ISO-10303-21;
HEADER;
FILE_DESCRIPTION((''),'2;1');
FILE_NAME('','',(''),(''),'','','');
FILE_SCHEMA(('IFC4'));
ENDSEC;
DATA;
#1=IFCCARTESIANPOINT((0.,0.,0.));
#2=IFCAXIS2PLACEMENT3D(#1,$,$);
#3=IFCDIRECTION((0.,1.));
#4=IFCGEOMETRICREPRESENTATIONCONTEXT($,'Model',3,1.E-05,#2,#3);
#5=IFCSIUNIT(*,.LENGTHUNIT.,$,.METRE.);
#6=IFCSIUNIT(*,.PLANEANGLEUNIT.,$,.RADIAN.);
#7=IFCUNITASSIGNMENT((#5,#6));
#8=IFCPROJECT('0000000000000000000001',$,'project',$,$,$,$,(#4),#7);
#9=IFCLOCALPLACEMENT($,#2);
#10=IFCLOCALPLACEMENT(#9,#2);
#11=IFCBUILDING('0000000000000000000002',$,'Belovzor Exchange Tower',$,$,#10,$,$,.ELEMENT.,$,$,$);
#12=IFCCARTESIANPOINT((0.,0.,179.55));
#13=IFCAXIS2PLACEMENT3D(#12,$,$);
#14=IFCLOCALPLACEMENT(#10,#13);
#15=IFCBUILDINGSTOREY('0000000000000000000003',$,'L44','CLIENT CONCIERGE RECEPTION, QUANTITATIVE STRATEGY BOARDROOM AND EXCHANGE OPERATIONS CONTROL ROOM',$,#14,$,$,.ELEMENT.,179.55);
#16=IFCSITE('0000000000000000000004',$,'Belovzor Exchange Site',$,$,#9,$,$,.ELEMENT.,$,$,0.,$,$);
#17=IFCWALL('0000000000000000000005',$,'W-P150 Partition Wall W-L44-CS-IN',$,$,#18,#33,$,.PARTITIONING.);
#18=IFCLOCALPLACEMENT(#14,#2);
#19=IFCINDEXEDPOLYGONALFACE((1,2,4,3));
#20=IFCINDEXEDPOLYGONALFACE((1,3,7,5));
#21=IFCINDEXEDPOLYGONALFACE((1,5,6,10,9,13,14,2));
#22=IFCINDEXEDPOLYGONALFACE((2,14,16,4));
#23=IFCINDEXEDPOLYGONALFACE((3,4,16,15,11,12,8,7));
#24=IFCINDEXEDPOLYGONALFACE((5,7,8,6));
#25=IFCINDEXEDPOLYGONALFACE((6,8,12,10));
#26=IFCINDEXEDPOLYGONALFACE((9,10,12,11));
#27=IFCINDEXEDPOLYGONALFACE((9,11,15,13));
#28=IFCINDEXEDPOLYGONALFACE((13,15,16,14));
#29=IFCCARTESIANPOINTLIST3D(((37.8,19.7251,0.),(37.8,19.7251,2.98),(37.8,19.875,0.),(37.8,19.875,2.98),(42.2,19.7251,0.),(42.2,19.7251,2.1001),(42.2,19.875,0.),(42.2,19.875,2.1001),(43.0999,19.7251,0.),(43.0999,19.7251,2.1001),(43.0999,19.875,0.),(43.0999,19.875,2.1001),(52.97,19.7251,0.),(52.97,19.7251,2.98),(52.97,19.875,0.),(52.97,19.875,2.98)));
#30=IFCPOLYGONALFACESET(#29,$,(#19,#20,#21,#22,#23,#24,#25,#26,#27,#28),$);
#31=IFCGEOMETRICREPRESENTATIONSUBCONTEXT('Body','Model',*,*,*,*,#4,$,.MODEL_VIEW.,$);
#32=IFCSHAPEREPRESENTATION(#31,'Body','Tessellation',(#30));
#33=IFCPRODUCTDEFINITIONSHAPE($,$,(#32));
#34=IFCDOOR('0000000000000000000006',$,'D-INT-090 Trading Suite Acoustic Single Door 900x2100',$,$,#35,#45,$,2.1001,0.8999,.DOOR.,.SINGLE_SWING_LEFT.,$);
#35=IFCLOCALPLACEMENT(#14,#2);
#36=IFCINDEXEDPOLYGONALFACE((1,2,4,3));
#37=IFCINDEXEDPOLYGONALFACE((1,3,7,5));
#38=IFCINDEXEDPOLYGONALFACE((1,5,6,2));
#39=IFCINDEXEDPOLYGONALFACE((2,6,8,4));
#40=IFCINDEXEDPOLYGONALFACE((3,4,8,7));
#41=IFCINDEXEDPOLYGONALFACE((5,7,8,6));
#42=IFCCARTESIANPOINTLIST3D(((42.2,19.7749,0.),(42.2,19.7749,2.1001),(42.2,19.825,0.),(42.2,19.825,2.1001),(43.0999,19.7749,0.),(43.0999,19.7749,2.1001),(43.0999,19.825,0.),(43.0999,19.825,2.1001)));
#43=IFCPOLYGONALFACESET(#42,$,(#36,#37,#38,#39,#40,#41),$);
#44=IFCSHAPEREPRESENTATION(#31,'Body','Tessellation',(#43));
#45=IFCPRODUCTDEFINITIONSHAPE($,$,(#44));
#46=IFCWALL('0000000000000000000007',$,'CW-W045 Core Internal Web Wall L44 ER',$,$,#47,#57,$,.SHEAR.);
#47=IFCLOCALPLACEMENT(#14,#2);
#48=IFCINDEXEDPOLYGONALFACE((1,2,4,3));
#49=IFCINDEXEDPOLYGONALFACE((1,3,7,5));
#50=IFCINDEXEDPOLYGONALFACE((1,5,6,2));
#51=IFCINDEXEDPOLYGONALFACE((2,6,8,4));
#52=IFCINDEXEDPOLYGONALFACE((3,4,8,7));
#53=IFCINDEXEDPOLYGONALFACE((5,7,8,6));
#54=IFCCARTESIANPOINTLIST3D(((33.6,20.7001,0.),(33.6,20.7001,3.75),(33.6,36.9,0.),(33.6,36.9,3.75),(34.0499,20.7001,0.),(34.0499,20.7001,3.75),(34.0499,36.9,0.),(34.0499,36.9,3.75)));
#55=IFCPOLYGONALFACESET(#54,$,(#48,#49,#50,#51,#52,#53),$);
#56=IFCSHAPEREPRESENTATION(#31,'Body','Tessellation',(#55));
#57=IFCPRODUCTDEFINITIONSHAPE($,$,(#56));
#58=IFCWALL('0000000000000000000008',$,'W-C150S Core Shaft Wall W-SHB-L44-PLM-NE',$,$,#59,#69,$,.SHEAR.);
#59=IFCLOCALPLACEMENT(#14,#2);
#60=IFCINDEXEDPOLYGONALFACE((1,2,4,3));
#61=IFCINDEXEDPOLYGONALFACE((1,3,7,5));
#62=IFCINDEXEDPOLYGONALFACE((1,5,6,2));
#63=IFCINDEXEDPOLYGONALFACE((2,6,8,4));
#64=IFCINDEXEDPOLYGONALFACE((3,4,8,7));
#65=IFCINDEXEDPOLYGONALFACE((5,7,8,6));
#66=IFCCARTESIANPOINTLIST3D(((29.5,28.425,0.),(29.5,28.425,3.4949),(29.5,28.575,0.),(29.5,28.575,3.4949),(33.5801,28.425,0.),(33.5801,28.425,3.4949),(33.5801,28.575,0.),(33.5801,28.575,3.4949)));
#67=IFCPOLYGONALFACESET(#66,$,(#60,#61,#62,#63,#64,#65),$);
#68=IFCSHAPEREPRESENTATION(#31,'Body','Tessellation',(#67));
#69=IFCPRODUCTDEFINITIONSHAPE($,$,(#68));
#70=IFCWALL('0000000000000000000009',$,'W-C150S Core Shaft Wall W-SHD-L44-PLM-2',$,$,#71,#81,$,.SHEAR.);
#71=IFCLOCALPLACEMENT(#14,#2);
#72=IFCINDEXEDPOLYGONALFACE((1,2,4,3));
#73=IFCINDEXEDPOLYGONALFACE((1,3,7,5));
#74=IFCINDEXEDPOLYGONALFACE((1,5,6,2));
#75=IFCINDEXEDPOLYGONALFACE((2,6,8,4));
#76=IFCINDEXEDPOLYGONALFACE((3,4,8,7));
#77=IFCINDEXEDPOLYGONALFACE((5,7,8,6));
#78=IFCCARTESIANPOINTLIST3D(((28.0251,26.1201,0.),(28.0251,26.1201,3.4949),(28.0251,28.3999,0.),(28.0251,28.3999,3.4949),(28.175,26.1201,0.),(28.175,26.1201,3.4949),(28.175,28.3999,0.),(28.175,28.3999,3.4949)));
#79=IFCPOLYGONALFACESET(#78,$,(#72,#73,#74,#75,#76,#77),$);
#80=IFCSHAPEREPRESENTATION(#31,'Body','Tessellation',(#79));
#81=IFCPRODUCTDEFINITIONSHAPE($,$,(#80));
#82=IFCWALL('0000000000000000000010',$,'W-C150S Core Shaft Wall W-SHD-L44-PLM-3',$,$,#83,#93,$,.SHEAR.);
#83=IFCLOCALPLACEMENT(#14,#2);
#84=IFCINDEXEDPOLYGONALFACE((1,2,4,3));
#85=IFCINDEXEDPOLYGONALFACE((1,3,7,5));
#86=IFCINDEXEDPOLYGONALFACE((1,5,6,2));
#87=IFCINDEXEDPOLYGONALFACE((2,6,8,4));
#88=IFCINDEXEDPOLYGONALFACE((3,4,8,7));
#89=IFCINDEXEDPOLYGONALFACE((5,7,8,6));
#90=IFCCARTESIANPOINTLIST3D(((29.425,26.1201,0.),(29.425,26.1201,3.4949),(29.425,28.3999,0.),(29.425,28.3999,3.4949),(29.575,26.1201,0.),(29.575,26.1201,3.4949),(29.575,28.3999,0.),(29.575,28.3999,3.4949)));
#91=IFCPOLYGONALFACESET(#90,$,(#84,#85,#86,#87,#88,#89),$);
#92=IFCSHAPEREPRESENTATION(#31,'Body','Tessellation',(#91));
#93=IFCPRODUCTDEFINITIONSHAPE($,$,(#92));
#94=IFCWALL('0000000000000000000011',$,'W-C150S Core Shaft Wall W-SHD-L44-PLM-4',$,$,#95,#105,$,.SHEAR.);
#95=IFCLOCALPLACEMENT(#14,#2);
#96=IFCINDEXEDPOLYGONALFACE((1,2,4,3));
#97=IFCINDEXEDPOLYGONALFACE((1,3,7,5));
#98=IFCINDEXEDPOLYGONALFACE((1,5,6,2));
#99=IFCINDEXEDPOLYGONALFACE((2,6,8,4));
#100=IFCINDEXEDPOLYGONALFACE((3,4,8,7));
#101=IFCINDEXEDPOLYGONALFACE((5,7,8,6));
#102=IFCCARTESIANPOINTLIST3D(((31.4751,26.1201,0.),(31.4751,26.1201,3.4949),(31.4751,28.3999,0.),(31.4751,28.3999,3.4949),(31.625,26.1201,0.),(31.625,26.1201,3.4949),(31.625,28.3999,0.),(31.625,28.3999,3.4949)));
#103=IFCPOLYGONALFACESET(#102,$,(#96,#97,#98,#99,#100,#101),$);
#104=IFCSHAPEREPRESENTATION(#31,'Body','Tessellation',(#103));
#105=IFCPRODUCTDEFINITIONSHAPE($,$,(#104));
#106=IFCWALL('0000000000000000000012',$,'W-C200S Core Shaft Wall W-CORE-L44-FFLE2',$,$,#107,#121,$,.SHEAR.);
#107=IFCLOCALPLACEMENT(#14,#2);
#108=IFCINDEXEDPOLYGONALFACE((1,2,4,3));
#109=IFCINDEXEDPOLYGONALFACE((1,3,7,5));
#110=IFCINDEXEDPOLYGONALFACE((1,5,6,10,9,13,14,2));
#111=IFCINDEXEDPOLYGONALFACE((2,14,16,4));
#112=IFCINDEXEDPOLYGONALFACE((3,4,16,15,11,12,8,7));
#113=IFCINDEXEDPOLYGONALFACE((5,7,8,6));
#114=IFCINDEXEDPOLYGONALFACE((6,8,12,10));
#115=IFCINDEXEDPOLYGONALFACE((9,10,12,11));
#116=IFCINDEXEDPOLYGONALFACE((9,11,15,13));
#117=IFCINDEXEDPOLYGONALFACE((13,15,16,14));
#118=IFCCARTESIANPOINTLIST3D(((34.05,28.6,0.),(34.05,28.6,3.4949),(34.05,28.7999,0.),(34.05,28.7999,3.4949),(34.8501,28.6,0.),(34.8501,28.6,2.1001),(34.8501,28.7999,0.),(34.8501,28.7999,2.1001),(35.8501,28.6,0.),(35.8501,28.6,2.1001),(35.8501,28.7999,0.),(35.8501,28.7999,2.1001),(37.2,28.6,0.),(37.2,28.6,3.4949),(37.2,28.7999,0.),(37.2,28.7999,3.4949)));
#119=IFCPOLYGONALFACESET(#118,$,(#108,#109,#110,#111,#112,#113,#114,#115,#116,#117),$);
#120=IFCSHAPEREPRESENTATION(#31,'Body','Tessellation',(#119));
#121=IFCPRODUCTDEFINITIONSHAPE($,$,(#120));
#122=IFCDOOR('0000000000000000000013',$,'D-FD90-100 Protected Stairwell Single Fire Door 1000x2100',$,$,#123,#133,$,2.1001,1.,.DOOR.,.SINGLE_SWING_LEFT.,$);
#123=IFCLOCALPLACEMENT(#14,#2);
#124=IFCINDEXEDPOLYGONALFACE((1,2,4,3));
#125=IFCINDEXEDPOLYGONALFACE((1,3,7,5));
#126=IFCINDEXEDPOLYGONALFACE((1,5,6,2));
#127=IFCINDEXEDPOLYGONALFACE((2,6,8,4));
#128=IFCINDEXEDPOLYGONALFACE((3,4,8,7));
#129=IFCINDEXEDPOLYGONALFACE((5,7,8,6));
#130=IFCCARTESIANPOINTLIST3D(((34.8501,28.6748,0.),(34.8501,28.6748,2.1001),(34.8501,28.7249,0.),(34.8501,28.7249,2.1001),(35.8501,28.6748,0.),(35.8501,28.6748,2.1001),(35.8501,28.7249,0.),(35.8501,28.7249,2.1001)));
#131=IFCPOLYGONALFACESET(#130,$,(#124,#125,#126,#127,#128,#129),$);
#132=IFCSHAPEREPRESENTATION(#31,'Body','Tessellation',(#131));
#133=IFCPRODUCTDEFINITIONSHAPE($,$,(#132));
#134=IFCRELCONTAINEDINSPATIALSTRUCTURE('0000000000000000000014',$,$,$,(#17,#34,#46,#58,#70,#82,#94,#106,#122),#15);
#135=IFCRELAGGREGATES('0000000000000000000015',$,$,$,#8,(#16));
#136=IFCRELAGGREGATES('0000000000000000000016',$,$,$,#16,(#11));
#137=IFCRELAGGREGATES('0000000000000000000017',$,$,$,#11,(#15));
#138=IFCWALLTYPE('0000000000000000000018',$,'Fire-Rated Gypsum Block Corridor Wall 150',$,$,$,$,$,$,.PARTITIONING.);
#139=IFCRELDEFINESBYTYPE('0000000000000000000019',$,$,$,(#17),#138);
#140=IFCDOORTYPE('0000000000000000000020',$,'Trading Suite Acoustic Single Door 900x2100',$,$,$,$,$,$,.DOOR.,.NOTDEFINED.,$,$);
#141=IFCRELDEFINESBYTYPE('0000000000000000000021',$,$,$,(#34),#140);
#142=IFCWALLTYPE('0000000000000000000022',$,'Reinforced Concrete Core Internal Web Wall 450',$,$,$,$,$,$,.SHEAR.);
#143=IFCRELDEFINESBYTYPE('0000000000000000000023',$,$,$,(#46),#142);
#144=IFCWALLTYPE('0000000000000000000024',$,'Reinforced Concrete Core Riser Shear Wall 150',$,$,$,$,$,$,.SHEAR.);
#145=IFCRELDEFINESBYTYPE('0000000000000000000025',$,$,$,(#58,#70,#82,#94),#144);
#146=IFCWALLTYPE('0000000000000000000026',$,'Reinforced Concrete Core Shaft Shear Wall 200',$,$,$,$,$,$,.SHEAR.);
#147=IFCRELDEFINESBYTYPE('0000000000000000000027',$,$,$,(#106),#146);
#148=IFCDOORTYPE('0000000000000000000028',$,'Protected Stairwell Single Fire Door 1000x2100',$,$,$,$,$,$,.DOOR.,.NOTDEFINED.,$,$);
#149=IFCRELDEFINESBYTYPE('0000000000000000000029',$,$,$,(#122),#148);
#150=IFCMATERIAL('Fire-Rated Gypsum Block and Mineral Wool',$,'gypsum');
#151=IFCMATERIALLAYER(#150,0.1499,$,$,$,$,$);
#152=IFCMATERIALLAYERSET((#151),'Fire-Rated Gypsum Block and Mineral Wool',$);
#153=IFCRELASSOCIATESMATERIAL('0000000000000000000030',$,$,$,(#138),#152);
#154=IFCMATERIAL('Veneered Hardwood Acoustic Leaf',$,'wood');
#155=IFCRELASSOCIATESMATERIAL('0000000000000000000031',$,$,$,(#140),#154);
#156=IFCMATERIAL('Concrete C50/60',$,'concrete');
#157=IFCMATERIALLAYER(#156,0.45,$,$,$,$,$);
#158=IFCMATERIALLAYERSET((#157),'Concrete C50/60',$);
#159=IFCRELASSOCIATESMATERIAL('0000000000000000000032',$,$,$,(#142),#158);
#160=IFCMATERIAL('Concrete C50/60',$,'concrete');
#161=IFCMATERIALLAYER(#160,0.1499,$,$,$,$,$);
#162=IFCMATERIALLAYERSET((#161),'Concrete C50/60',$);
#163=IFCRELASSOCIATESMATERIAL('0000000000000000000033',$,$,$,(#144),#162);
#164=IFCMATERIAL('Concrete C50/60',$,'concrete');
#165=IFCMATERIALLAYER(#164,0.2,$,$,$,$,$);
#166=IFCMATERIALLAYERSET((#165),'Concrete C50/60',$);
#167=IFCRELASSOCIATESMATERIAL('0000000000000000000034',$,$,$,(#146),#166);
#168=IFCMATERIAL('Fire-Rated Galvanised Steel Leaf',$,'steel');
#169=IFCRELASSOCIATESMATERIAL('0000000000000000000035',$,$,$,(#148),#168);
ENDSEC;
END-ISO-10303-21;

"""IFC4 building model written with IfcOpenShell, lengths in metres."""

from ifc_helpers import new_model, si_unit, direction, frame, frame_2d, origin, place, context, subcontext, project, spatial, rectangle, extrude, material, layer, layer_set, type_object, element, fill, save


model = new_model("IFC4")

# Units and contexts
model_context = context("Model", 3, precision=1e-05, world=origin(), true_north=direction((0.0, 1.0)))
body_context = subcontext(model_context, "Body", "Model", "MODEL_VIEW")
ifc_project = project(units=[si_unit("LENGTHUNIT", "METRE"), si_unit("PLANEANGLEUNIT", "RADIAN")], contexts=[model_context])

# Site, building, storey
site_placement = place(None, origin())
site = spatial("IfcSite", under=ifc_project, at=site_placement, Name="Belovzor Exchange Site", CompositionType="ELEMENT", RefElevation=0.0)
building_placement = place(site_placement, origin())
building = spatial("IfcBuilding", under=site, at=building_placement, Name="Belovzor Exchange Tower", CompositionType="ELEMENT")
storey_placement = place(building_placement, frame((0.0, 0.0, 179.55)))
storey = spatial("IfcBuildingStorey", under=building, at=storey_placement, Name="L44", Description="CLIENT CONCIERGE RECEPTION, QUANTITATIVE STRATEGY BOARDROOM AND EXCHANGE OPERATIONS CONTROL ROOM", CompositionType="ELEMENT", Elevation=179.55)

# Shared definitions
ifc_material_1 = material(Name="Fire-Rated Gypsum Block and Mineral Wool", Category="gypsum")
ifc_layer_1 = layer(ifc_material_1, 0.1499)
ifc_layer_set_1 = layer_set([ifc_layer_1], Name="Fire-Rated Gypsum Block and Mineral Wool")
wall_type_1 = type_object("IfcWallType", Name="Fire-Rated Gypsum Block Corridor Wall 150", PredefinedType="PARTITIONING", material=ifc_layer_set_1)

# Wall, opening, door
wall_1_placement = place(storey_placement, frame((37.8, 19.8, 0.0), z_axis=(0.0, 0.0, 1.0), x_axis=(1.0, 0.0, 0.0)))
wall_1 = element("IfcWall", 1, at=wall_1_placement, inside=storey, type_object=wall_type_1, Name="W-P150 Partition Wall W-L44-CS-IN", PredefinedType="PARTITIONING", context=body_context, shape_type="SweptSolid", body=[
    extrude(rectangle(XDim=15.1699, YDim=0.1499, at=frame_2d((7.585, 0.0))), origin(), (0.0, 0.0, 1.0), 2.98),
])
opening_1_placement = place(wall_1_placement, frame((4.3999, 0.0, 0.0)))
opening_1 = element("IfcOpeningElement", 2, at=opening_1_placement, cuts=wall_1, PredefinedType="OPENING", context=body_context, shape_type="SweptSolid", body=[
    extrude(rectangle(XDim=0.8999, YDim=2.1001, at=frame_2d((0.45, 1.05))), frame((0.0, 0.085, 0.0), z_axis=(0.0, -1.0, 0.0), x_axis=(1.0, 0.0, 0.0)), (0.0, 0.0, 1.0), 0.1699),
])
ifc_material_2 = material(Name="Veneered Hardwood Acoustic Leaf", Category="wood")
door_type_1 = type_object("IfcDoorType", Name="Trading Suite Acoustic Single Door 900x2100", OperationType="NOTDEFINED", PredefinedType="DOOR", material=ifc_material_2)
door_1_placement = place(opening_1_placement, origin())
door_1 = element("IfcDoor", 3, at=door_1_placement, inside=storey, type_object=door_type_1, Name="D-INT-090 Trading Suite Acoustic Single Door 900x2100", OperationType="SINGLE_SWING_LEFT", OverallHeight=2.1001, OverallWidth=0.8999, PredefinedType="DOOR", context=body_context, shape_type="SweptSolid", body=[
    extrude(rectangle(XDim=0.8999, YDim=2.1001, at=frame_2d((0.45, 1.05))), frame((0.0, 0.0249, 0.0), z_axis=(0.0, -1.0, 0.0), x_axis=(1.0, 0.0, 0.0)), (0.0, 0.0, 1.0), 0.05),
])
fill(opening_1, door_1)

# Walls
ifc_material_3 = material(Name="Concrete C50/60", Category="concrete")
ifc_layer_2 = layer(ifc_material_3, 0.45)
ifc_layer_set_2 = layer_set([ifc_layer_2], Name="Concrete C50/60")
wall_type_2 = type_object("IfcWallType", Name="Reinforced Concrete Core Internal Web Wall 450", PredefinedType="SHEAR", material=ifc_layer_set_2)
wall_2_placement = place(storey_placement, frame((33.825, 20.7, 0.0), z_axis=(0.0, 0.0, 1.0), x_axis=(0.0, 1.0, 0.0)))
element("IfcWall", 4, at=wall_2_placement, inside=storey, type_object=wall_type_2, Name="CW-W045 Core Internal Web Wall L44 ER", PredefinedType="SHEAR", context=body_context, shape_type="SweptSolid", body=[
    extrude(rectangle(XDim=16.2, YDim=0.45, at=frame_2d((8.1001, 0.0))), origin(), (0.0, 0.0, 1.0), 3.75),
])
ifc_material_4 = material(Name="Concrete C50/60", Category="concrete")
ifc_layer_3 = layer(ifc_material_4, 0.1499)
ifc_layer_set_3 = layer_set([ifc_layer_3], Name="Concrete C50/60")
wall_type_3 = type_object("IfcWallType", Name="Reinforced Concrete Core Riser Shear Wall 150", PredefinedType="SHEAR", material=ifc_layer_set_3)
wall_3_placement = place(storey_placement, frame((29.5, 28.5, 0.0), z_axis=(0.0, 0.0, 1.0), x_axis=(1.0, 0.0, 0.0)))
element("IfcWall", 5, at=wall_3_placement, inside=storey, type_object=wall_type_3, Name="W-C150S Core Shaft Wall W-SHB-L44-PLM-NE", PredefinedType="SHEAR", context=body_context, shape_type="SweptSolid", body=[
    extrude(rectangle(XDim=4.0801, YDim=0.1499, at=frame_2d((2.04, 0.0))), origin(), (0.0, 0.0, 1.0), 3.4949),
])
for number, where, z_axis, x_axis, name in (
    (6, (28.1001, 26.1201, 0.0), (0.0, 0.0, 1.0), (0.0, 1.0, 0.0), "W-C150S Core Shaft Wall W-SHD-L44-PLM-2"),
    (7, (29.5, 26.1201, 0.0), (0.0, 0.0, 1.0), (0.0, 1.0, 0.0), "W-C150S Core Shaft Wall W-SHD-L44-PLM-3"),
    (8, (31.55, 26.1201, 0.0), (0.0, 0.0, 1.0), (0.0, 1.0, 0.0), "W-C150S Core Shaft Wall W-SHD-L44-PLM-4"),
):
    element("IfcWall", number, at=place(storey_placement, frame(where, z_axis=z_axis, x_axis=x_axis)), inside=storey, type_object=wall_type_3, Name=name, PredefinedType="SHEAR", context=body_context, shape_type="SweptSolid", body=[
        extrude(rectangle(XDim=2.2798, YDim=0.1499, at=frame_2d((1.1399, 0.0))), origin(), (0.0, 0.0, 1.0), 3.4949),
    ])

# Wall, opening, door
ifc_material_5 = material(Name="Concrete C50/60", Category="concrete")
ifc_layer_4 = layer(ifc_material_5, 0.2)
ifc_layer_set_4 = layer_set([ifc_layer_4], Name="Concrete C50/60")
wall_type_4 = type_object("IfcWallType", Name="Reinforced Concrete Core Shaft Shear Wall 200", PredefinedType="SHEAR", material=ifc_layer_set_4)
wall_4_placement = place(storey_placement, frame((34.05, 28.7, 0.0), z_axis=(0.0, 0.0, 1.0), x_axis=(1.0, 0.0, 0.0)))
wall_4 = element("IfcWall", 9, at=wall_4_placement, inside=storey, type_object=wall_type_4, Name="W-C200S Core Shaft Wall W-CORE-L44-FFLE2", PredefinedType="SHEAR", context=body_context, shape_type="SweptSolid", body=[
    extrude(rectangle(XDim=3.1499, YDim=0.2, at=frame_2d((1.575, 0.0))), origin(), (0.0, 0.0, 1.0), 3.4949),
])
opening_2_placement = place(wall_4_placement, frame((0.8, 0.0, 0.0)))
opening_2 = element("IfcOpeningElement", 10, at=opening_2_placement, cuts=wall_4, PredefinedType="OPENING", context=body_context, shape_type="SweptSolid", body=[
    extrude(rectangle(XDim=1.0, YDim=2.1001, at=frame_2d((0.5, 1.05))), frame((0.0, 0.1099, 0.0), z_axis=(0.0, -1.0, 0.0), x_axis=(1.0, 0.0, 0.0)), (0.0, 0.0, 1.0), 0.22),
])
ifc_material_6 = material(Name="Fire-Rated Galvanised Steel Leaf", Category="steel")
door_type_2 = type_object("IfcDoorType", Name="Protected Stairwell Single Fire Door 1000x2100", OperationType="NOTDEFINED", PredefinedType="DOOR", material=ifc_material_6)
door_2_placement = place(opening_2_placement, origin())
door_2 = element("IfcDoor", 11, at=door_2_placement, inside=storey, type_object=door_type_2, Name="D-FD90-100 Protected Stairwell Single Fire Door 1000x2100", OperationType="SINGLE_SWING_LEFT", OverallHeight=2.1001, OverallWidth=1.0, PredefinedType="DOOR", context=body_context, shape_type="SweptSolid", body=[
    extrude(rectangle(XDim=1.0, YDim=2.1001, at=frame_2d((0.5, 1.05))), frame((0.0, 0.0249, 0.0), z_axis=(0.0, -1.0, 0.0), x_axis=(1.0, 0.0, 0.0)), (0.0, 0.0, 1.0), 0.05),
])
fill(opening_2, door_2)

save(model, "model.ifc")
